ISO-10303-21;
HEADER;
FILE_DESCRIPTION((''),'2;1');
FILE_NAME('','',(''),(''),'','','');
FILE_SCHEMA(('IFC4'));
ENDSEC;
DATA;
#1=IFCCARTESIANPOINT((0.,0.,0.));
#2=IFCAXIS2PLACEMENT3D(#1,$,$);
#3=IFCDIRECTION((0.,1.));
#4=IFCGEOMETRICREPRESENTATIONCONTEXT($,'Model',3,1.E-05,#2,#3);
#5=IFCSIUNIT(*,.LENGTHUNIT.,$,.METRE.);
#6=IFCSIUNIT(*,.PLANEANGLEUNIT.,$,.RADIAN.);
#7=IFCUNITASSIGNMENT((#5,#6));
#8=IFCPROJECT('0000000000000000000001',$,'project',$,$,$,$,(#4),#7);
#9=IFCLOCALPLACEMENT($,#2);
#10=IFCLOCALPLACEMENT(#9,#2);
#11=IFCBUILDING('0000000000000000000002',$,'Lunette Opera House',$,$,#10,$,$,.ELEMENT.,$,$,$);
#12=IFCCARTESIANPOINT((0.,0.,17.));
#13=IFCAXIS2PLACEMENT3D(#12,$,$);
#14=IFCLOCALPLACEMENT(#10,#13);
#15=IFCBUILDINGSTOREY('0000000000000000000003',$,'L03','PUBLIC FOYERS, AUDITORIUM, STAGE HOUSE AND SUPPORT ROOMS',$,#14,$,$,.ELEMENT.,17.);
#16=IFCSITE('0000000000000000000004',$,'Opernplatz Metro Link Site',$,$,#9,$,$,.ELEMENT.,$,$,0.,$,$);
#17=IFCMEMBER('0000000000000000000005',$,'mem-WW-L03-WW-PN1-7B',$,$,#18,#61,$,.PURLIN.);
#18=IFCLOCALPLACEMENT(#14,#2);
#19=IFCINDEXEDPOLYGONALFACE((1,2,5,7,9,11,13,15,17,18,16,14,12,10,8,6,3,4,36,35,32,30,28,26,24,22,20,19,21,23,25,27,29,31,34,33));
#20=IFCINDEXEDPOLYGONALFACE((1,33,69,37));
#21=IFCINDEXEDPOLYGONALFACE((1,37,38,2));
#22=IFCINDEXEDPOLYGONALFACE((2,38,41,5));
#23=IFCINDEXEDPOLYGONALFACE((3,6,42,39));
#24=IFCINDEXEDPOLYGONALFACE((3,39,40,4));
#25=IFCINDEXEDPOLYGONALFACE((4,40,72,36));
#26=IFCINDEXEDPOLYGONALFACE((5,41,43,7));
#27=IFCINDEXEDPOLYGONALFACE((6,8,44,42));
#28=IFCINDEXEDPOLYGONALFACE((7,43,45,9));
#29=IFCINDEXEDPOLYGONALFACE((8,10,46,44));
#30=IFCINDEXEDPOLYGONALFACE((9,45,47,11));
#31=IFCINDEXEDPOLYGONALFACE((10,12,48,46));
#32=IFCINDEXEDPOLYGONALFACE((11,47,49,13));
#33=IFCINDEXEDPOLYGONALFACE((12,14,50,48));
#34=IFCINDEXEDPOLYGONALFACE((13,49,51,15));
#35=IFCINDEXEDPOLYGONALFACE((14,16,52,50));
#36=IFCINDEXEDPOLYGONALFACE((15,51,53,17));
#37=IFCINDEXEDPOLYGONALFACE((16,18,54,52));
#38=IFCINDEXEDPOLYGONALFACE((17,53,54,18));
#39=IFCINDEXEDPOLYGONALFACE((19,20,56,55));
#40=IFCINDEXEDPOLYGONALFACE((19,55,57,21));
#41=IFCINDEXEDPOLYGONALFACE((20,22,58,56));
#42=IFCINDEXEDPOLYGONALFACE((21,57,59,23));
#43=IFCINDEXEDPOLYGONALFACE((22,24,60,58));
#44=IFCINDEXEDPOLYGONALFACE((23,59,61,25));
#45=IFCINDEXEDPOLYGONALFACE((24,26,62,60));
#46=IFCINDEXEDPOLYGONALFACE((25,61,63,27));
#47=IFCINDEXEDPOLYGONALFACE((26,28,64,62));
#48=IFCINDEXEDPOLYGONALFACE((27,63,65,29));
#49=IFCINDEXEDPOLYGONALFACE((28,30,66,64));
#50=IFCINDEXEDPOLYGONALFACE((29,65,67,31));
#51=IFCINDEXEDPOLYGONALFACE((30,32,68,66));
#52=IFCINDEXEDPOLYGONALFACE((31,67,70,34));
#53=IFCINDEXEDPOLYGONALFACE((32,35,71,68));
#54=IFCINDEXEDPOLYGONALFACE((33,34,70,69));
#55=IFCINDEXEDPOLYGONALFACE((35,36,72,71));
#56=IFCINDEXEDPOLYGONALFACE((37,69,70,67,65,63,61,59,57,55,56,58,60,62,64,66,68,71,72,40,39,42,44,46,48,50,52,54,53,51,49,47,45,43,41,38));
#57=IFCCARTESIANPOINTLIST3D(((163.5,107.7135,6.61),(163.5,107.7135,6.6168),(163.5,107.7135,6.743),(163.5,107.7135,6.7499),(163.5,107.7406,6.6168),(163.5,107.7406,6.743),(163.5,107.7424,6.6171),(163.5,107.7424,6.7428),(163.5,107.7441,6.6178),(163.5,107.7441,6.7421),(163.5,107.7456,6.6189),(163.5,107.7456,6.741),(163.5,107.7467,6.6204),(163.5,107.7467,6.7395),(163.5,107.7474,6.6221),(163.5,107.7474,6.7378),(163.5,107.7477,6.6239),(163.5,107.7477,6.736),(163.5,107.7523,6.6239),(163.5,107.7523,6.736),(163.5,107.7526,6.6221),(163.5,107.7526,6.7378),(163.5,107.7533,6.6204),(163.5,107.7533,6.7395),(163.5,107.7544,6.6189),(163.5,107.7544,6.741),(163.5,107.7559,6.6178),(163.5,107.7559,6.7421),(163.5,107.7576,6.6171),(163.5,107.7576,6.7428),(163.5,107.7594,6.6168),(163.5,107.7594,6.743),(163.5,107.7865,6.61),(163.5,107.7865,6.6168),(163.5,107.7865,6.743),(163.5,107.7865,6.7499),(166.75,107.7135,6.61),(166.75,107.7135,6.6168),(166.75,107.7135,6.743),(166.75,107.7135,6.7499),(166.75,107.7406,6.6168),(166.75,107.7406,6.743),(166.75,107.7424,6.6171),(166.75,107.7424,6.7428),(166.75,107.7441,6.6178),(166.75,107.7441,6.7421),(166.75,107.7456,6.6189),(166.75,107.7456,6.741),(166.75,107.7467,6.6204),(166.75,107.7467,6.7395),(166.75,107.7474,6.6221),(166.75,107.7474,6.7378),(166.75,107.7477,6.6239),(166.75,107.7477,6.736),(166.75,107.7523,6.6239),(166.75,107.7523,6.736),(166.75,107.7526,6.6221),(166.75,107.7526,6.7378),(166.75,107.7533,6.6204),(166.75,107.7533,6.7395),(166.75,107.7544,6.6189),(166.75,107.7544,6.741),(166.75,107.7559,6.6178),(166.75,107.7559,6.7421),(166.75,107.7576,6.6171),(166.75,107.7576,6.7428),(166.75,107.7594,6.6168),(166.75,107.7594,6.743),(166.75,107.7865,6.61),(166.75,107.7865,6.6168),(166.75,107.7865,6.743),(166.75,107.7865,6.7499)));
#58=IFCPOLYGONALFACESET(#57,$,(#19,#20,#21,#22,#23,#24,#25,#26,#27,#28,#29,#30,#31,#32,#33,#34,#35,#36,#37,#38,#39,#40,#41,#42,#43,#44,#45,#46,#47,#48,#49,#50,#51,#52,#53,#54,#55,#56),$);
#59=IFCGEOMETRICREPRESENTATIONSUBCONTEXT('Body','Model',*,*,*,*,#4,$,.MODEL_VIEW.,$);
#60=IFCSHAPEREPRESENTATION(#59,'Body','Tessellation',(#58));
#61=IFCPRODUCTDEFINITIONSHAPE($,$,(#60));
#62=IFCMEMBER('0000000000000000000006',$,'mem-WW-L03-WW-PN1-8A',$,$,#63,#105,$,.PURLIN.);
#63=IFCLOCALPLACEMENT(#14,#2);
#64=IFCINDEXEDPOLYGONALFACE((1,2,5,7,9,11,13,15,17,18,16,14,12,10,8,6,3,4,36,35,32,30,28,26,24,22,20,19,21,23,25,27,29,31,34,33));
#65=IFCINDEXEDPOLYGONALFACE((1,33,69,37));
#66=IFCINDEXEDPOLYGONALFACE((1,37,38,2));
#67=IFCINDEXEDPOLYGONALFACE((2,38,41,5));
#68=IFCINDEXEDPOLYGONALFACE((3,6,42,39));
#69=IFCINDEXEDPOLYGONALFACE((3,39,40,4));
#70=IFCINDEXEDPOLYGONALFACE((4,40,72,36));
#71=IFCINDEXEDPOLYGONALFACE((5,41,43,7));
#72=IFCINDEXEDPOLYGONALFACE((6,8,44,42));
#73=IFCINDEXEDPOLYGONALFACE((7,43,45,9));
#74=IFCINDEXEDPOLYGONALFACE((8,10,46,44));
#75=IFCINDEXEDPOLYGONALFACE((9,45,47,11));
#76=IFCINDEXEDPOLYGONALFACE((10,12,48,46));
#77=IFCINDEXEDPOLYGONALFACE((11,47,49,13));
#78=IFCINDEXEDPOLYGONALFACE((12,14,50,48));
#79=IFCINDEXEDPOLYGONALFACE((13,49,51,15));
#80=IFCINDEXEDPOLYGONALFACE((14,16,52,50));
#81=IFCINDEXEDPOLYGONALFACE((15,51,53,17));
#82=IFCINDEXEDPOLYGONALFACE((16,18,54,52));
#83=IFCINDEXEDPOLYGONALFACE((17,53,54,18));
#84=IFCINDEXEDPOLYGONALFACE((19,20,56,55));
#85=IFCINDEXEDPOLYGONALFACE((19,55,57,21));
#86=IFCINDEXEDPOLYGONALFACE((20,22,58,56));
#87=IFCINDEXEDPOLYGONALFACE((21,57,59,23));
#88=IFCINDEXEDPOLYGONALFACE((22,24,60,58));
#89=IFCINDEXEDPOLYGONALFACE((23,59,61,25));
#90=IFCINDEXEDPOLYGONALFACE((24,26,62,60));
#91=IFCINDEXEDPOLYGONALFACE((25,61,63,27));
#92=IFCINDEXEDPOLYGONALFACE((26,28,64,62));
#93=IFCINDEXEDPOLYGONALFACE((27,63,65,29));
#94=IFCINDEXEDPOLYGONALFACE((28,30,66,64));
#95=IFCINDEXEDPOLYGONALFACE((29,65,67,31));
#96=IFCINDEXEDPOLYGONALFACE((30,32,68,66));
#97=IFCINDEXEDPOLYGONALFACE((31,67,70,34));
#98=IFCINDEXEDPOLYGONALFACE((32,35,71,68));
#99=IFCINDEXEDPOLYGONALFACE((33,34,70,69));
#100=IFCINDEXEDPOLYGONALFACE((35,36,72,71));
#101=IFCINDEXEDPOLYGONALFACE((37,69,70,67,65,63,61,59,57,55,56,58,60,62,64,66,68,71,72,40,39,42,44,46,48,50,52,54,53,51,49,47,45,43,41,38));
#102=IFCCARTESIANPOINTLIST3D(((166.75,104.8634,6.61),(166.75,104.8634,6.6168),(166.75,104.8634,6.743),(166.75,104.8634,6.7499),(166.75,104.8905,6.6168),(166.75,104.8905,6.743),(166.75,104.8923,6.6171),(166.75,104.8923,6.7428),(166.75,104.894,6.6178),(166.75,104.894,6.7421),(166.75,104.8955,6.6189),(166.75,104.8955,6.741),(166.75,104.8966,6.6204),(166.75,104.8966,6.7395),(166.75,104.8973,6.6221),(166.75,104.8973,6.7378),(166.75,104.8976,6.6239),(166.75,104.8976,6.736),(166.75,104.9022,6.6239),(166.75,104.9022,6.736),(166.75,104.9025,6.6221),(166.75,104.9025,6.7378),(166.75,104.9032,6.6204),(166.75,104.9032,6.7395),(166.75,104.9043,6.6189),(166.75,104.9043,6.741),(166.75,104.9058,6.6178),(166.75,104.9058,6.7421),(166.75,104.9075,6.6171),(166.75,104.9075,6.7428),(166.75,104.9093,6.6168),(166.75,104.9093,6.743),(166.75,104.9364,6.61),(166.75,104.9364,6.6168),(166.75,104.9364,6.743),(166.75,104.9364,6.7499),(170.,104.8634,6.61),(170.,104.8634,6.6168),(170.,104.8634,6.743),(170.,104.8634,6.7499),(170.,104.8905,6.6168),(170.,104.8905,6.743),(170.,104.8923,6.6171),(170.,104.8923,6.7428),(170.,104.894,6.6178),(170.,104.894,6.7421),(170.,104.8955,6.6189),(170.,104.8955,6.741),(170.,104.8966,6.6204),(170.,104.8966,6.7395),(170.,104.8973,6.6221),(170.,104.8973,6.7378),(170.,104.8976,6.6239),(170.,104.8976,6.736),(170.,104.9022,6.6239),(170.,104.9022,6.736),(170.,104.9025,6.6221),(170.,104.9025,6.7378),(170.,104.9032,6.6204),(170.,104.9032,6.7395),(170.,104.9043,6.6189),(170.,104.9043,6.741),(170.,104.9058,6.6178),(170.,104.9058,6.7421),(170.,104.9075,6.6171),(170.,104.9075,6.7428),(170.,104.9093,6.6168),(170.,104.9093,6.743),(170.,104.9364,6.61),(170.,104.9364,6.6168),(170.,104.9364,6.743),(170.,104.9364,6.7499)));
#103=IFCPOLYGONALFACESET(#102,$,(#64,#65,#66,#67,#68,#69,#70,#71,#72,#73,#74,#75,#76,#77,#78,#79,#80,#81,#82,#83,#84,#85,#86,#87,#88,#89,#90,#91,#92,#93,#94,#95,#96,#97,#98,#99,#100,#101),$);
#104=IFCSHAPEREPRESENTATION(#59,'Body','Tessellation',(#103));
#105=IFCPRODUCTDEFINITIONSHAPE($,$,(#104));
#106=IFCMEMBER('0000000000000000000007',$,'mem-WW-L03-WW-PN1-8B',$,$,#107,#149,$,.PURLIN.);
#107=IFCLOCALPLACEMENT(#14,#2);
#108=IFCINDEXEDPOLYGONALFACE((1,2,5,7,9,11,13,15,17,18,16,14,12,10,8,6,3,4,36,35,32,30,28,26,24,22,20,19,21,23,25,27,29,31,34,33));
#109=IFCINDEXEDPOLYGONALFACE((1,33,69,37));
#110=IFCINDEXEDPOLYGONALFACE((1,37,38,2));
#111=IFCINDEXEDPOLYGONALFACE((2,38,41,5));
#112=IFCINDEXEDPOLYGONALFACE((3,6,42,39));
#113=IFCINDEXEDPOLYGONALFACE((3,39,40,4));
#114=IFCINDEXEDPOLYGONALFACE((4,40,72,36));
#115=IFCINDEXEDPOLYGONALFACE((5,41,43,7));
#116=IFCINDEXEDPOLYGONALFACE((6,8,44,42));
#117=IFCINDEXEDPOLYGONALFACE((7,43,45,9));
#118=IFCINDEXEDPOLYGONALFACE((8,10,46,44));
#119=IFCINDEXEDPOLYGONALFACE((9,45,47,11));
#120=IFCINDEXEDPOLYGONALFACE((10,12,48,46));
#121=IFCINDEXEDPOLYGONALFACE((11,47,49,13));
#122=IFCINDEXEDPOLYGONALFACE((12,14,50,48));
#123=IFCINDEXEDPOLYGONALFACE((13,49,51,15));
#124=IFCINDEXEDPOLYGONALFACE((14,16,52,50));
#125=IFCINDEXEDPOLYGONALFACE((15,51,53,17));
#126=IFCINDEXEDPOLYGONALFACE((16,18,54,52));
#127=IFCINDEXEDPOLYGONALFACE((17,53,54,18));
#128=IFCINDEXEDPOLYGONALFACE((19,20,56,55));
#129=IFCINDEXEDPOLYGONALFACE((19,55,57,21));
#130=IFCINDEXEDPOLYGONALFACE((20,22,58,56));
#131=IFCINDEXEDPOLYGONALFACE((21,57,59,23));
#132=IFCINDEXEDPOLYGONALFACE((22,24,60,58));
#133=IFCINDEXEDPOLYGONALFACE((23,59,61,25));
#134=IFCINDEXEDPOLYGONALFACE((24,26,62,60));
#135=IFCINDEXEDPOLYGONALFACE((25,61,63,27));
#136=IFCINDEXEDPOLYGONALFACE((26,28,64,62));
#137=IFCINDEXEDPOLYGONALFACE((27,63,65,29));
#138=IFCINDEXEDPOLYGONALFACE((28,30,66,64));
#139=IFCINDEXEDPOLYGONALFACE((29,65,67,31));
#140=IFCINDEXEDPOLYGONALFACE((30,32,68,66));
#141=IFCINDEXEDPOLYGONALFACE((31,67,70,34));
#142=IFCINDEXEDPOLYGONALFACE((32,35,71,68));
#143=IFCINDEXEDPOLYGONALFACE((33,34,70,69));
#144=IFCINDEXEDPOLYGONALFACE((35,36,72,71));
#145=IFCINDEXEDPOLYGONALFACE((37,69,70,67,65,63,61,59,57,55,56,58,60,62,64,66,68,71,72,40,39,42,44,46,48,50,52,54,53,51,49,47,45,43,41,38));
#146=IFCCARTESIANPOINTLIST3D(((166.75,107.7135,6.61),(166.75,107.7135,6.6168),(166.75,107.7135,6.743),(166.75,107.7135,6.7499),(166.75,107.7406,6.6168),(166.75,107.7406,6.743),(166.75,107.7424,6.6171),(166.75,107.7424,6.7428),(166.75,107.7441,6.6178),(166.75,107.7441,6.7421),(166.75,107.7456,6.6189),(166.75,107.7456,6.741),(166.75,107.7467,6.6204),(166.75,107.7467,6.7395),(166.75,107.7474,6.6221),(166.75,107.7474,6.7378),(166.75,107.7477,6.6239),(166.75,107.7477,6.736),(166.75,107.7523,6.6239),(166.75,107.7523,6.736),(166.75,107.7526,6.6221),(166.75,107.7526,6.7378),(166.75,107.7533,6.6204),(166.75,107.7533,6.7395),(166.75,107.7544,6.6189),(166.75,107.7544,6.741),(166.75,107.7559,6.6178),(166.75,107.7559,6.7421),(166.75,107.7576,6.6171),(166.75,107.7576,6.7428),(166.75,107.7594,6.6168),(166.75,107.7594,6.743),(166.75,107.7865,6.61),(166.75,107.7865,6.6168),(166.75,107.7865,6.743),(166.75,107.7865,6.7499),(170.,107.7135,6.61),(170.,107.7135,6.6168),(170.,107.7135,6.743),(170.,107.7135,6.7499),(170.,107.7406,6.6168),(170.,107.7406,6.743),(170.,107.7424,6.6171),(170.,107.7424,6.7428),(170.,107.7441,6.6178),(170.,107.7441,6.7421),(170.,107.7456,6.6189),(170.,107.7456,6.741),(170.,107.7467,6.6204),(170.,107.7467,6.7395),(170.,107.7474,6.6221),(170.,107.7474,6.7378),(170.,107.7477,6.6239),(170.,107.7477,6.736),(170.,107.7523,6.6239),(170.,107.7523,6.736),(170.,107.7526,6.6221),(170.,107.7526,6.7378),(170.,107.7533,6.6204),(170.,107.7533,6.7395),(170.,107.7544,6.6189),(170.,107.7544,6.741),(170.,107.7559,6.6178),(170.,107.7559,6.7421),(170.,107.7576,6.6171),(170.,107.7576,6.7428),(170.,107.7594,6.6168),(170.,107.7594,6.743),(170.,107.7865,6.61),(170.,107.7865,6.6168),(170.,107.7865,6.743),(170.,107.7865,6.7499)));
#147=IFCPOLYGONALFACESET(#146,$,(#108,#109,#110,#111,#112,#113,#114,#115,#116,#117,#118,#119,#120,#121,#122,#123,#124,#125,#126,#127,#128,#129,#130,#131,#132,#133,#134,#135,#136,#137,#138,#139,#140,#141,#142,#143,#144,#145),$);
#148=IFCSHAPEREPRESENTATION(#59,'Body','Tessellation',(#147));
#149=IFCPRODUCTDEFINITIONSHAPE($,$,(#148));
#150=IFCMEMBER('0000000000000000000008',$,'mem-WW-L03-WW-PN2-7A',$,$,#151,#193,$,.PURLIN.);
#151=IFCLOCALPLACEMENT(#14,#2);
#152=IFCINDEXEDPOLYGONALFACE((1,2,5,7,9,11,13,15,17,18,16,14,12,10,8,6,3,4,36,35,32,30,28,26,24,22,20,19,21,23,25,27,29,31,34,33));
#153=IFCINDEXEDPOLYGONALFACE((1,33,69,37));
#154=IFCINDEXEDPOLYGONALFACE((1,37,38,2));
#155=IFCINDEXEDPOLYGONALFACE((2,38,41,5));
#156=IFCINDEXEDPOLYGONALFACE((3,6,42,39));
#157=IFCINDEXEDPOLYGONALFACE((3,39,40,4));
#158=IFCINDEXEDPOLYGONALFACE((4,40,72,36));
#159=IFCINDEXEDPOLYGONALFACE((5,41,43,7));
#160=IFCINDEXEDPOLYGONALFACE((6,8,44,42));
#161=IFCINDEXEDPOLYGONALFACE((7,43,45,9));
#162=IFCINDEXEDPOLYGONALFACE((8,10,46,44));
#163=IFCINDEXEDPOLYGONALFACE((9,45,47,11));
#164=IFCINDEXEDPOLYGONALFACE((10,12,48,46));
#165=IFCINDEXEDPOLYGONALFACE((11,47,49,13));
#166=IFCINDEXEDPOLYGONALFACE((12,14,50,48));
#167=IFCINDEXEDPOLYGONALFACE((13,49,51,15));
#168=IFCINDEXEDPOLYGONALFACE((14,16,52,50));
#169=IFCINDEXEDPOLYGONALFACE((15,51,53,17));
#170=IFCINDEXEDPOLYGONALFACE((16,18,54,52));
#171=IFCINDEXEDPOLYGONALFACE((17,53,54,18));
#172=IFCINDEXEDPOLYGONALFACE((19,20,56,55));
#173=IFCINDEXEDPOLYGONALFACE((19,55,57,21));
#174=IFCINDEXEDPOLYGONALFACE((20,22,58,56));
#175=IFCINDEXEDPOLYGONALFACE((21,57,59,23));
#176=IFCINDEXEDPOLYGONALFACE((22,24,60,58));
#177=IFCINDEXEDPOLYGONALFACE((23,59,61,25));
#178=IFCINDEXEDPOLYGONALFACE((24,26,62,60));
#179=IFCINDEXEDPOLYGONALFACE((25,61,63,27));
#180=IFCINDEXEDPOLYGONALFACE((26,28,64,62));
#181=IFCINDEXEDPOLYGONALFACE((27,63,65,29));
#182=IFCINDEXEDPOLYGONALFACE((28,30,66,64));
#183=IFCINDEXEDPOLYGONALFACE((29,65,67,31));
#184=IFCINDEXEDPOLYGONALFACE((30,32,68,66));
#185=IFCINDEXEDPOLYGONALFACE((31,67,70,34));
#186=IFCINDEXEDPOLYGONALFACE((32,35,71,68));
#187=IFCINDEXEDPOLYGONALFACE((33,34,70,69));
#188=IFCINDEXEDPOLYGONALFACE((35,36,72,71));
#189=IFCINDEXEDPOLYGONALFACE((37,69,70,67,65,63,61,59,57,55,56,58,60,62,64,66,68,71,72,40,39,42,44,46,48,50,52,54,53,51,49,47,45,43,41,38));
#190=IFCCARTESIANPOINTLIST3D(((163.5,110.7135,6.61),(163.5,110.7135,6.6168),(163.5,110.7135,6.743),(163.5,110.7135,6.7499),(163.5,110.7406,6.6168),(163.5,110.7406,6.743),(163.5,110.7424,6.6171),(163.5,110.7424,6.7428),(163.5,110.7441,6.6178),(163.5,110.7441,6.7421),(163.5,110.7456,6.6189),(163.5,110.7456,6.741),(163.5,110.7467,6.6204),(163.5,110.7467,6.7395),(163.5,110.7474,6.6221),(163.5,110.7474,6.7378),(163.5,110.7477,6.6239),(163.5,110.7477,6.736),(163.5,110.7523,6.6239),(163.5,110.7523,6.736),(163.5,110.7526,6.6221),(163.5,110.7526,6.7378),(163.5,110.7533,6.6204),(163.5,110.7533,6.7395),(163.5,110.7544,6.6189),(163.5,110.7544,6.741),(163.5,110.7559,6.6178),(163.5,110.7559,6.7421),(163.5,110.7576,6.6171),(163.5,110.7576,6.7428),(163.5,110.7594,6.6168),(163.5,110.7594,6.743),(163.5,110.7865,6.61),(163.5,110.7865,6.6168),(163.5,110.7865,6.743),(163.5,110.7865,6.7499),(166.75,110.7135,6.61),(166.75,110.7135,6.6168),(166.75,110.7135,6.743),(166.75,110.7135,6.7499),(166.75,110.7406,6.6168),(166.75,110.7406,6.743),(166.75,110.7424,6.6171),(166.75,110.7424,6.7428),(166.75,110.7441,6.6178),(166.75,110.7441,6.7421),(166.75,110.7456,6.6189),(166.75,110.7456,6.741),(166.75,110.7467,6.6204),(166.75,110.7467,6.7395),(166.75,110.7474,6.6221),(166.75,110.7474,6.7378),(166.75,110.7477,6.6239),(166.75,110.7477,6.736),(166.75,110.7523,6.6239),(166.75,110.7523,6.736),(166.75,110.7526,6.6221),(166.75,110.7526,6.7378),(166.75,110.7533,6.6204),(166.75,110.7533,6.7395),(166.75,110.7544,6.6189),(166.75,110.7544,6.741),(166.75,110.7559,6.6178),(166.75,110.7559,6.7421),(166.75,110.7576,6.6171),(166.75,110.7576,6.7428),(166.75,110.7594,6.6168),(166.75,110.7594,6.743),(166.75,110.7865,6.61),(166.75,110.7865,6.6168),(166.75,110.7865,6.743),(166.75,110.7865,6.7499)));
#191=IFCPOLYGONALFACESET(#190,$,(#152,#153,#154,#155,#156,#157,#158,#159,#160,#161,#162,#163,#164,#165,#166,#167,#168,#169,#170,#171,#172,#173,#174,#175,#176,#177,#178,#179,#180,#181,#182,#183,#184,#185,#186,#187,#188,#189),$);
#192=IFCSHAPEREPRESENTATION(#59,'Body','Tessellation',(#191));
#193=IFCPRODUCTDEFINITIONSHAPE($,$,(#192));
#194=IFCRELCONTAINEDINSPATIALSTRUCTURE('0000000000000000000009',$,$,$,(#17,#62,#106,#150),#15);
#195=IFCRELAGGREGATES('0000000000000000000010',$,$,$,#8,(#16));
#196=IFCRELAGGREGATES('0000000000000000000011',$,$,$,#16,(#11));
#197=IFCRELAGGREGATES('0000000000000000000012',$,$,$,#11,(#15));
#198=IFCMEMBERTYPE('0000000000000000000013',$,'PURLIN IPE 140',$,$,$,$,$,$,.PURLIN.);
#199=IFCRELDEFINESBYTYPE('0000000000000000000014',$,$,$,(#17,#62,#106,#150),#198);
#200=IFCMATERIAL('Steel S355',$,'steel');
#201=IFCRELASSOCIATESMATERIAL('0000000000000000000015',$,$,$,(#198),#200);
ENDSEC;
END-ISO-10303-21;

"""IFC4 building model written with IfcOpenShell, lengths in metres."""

from ifc_helpers import new_model, si_unit, direction, frame, origin, origin_2d, place, context, subcontext, project, spatial, i_section, extrude, material, material_profile, profile_set, type_object, element, save


model = new_model("IFC4")

# Units and contexts
model_context = context("Model", 3, precision=1e-05, world=origin(), true_north=direction((0.0, 1.0)))
body_context = subcontext(model_context, "Body", "Model", "MODEL_VIEW")
ifc_project = project(units=[si_unit("LENGTHUNIT", "METRE"), si_unit("PLANEANGLEUNIT", "RADIAN")], contexts=[model_context])

# Site, building, storey
site_placement = place(None, origin())
site = spatial("IfcSite", under=ifc_project, at=site_placement, Name="Opernplatz Metro Link Site", CompositionType="ELEMENT", RefElevation=0.0)
building_placement = place(site_placement, origin())
building = spatial("IfcBuilding", under=site, at=building_placement, Name="Lunette Opera House", CompositionType="ELEMENT")
storey_placement = place(building_placement, frame((0.0, 0.0, 17.0)))
storey = spatial("IfcBuildingStorey", under=building, at=storey_placement, Name="L03", Description="PUBLIC FOYERS, AUDITORIUM, STAGE HOUSE AND SUPPORT ROOMS", CompositionType="ELEMENT", Elevation=17.0)

# Members
ifc_material_1 = material(Name="Steel S355", Category="steel")
ifc_material_profile_1 = material_profile(ifc_material_1, i_section(OverallWidth=0.073, OverallDepth=0.1399, WebThickness=0.0046, FlangeThickness=0.0068, FilletRadius=0.0071, at=origin_2d()), Name="IPE 140")
ifc_profile_set_1 = profile_set([ifc_material_profile_1], Name="Steel S355")
member_type_1 = type_object("IfcMemberType", Name="PURLIN IPE 140", PredefinedType="PURLIN", material=ifc_profile_set_1)
for number, where, z_axis, x_axis, name in (
    (1, (163.5, 107.75, 6.6799), (1.0, 0.0, 0.0), (0.0, 1.0, 0.0), "mem-WW-L03-WW-PN1-7B"),
    (2, (166.75, 104.8999, 6.6799), (1.0, 0.0, 0.0), (0.0, 1.0, 0.0), "mem-WW-L03-WW-PN1-8A"),
    (3, (166.75, 107.75, 6.6799), (1.0, 0.0, 0.0), (0.0, 1.0, 0.0), "mem-WW-L03-WW-PN1-8B"),
    (4, (163.5, 110.75, 6.6799), (1.0, 0.0, 0.0), (0.0, 1.0, 0.0), "mem-WW-L03-WW-PN2-7A"),
):
    element("IfcMember", number, at=place(storey_placement, frame(where, z_axis=z_axis, x_axis=x_axis)), inside=storey, type_object=member_type_1, Name=name, PredefinedType="PURLIN", context=body_context, shape_type="SweptSolid", body=[
        extrude(i_section(OverallWidth=0.073, OverallDepth=0.1399, WebThickness=0.0046, FlangeThickness=0.0068, FilletRadius=0.0071, at=origin_2d()), origin(), (0.0, 0.0, 1.0), 3.25),
    ])

save(model, "model.ifc")
